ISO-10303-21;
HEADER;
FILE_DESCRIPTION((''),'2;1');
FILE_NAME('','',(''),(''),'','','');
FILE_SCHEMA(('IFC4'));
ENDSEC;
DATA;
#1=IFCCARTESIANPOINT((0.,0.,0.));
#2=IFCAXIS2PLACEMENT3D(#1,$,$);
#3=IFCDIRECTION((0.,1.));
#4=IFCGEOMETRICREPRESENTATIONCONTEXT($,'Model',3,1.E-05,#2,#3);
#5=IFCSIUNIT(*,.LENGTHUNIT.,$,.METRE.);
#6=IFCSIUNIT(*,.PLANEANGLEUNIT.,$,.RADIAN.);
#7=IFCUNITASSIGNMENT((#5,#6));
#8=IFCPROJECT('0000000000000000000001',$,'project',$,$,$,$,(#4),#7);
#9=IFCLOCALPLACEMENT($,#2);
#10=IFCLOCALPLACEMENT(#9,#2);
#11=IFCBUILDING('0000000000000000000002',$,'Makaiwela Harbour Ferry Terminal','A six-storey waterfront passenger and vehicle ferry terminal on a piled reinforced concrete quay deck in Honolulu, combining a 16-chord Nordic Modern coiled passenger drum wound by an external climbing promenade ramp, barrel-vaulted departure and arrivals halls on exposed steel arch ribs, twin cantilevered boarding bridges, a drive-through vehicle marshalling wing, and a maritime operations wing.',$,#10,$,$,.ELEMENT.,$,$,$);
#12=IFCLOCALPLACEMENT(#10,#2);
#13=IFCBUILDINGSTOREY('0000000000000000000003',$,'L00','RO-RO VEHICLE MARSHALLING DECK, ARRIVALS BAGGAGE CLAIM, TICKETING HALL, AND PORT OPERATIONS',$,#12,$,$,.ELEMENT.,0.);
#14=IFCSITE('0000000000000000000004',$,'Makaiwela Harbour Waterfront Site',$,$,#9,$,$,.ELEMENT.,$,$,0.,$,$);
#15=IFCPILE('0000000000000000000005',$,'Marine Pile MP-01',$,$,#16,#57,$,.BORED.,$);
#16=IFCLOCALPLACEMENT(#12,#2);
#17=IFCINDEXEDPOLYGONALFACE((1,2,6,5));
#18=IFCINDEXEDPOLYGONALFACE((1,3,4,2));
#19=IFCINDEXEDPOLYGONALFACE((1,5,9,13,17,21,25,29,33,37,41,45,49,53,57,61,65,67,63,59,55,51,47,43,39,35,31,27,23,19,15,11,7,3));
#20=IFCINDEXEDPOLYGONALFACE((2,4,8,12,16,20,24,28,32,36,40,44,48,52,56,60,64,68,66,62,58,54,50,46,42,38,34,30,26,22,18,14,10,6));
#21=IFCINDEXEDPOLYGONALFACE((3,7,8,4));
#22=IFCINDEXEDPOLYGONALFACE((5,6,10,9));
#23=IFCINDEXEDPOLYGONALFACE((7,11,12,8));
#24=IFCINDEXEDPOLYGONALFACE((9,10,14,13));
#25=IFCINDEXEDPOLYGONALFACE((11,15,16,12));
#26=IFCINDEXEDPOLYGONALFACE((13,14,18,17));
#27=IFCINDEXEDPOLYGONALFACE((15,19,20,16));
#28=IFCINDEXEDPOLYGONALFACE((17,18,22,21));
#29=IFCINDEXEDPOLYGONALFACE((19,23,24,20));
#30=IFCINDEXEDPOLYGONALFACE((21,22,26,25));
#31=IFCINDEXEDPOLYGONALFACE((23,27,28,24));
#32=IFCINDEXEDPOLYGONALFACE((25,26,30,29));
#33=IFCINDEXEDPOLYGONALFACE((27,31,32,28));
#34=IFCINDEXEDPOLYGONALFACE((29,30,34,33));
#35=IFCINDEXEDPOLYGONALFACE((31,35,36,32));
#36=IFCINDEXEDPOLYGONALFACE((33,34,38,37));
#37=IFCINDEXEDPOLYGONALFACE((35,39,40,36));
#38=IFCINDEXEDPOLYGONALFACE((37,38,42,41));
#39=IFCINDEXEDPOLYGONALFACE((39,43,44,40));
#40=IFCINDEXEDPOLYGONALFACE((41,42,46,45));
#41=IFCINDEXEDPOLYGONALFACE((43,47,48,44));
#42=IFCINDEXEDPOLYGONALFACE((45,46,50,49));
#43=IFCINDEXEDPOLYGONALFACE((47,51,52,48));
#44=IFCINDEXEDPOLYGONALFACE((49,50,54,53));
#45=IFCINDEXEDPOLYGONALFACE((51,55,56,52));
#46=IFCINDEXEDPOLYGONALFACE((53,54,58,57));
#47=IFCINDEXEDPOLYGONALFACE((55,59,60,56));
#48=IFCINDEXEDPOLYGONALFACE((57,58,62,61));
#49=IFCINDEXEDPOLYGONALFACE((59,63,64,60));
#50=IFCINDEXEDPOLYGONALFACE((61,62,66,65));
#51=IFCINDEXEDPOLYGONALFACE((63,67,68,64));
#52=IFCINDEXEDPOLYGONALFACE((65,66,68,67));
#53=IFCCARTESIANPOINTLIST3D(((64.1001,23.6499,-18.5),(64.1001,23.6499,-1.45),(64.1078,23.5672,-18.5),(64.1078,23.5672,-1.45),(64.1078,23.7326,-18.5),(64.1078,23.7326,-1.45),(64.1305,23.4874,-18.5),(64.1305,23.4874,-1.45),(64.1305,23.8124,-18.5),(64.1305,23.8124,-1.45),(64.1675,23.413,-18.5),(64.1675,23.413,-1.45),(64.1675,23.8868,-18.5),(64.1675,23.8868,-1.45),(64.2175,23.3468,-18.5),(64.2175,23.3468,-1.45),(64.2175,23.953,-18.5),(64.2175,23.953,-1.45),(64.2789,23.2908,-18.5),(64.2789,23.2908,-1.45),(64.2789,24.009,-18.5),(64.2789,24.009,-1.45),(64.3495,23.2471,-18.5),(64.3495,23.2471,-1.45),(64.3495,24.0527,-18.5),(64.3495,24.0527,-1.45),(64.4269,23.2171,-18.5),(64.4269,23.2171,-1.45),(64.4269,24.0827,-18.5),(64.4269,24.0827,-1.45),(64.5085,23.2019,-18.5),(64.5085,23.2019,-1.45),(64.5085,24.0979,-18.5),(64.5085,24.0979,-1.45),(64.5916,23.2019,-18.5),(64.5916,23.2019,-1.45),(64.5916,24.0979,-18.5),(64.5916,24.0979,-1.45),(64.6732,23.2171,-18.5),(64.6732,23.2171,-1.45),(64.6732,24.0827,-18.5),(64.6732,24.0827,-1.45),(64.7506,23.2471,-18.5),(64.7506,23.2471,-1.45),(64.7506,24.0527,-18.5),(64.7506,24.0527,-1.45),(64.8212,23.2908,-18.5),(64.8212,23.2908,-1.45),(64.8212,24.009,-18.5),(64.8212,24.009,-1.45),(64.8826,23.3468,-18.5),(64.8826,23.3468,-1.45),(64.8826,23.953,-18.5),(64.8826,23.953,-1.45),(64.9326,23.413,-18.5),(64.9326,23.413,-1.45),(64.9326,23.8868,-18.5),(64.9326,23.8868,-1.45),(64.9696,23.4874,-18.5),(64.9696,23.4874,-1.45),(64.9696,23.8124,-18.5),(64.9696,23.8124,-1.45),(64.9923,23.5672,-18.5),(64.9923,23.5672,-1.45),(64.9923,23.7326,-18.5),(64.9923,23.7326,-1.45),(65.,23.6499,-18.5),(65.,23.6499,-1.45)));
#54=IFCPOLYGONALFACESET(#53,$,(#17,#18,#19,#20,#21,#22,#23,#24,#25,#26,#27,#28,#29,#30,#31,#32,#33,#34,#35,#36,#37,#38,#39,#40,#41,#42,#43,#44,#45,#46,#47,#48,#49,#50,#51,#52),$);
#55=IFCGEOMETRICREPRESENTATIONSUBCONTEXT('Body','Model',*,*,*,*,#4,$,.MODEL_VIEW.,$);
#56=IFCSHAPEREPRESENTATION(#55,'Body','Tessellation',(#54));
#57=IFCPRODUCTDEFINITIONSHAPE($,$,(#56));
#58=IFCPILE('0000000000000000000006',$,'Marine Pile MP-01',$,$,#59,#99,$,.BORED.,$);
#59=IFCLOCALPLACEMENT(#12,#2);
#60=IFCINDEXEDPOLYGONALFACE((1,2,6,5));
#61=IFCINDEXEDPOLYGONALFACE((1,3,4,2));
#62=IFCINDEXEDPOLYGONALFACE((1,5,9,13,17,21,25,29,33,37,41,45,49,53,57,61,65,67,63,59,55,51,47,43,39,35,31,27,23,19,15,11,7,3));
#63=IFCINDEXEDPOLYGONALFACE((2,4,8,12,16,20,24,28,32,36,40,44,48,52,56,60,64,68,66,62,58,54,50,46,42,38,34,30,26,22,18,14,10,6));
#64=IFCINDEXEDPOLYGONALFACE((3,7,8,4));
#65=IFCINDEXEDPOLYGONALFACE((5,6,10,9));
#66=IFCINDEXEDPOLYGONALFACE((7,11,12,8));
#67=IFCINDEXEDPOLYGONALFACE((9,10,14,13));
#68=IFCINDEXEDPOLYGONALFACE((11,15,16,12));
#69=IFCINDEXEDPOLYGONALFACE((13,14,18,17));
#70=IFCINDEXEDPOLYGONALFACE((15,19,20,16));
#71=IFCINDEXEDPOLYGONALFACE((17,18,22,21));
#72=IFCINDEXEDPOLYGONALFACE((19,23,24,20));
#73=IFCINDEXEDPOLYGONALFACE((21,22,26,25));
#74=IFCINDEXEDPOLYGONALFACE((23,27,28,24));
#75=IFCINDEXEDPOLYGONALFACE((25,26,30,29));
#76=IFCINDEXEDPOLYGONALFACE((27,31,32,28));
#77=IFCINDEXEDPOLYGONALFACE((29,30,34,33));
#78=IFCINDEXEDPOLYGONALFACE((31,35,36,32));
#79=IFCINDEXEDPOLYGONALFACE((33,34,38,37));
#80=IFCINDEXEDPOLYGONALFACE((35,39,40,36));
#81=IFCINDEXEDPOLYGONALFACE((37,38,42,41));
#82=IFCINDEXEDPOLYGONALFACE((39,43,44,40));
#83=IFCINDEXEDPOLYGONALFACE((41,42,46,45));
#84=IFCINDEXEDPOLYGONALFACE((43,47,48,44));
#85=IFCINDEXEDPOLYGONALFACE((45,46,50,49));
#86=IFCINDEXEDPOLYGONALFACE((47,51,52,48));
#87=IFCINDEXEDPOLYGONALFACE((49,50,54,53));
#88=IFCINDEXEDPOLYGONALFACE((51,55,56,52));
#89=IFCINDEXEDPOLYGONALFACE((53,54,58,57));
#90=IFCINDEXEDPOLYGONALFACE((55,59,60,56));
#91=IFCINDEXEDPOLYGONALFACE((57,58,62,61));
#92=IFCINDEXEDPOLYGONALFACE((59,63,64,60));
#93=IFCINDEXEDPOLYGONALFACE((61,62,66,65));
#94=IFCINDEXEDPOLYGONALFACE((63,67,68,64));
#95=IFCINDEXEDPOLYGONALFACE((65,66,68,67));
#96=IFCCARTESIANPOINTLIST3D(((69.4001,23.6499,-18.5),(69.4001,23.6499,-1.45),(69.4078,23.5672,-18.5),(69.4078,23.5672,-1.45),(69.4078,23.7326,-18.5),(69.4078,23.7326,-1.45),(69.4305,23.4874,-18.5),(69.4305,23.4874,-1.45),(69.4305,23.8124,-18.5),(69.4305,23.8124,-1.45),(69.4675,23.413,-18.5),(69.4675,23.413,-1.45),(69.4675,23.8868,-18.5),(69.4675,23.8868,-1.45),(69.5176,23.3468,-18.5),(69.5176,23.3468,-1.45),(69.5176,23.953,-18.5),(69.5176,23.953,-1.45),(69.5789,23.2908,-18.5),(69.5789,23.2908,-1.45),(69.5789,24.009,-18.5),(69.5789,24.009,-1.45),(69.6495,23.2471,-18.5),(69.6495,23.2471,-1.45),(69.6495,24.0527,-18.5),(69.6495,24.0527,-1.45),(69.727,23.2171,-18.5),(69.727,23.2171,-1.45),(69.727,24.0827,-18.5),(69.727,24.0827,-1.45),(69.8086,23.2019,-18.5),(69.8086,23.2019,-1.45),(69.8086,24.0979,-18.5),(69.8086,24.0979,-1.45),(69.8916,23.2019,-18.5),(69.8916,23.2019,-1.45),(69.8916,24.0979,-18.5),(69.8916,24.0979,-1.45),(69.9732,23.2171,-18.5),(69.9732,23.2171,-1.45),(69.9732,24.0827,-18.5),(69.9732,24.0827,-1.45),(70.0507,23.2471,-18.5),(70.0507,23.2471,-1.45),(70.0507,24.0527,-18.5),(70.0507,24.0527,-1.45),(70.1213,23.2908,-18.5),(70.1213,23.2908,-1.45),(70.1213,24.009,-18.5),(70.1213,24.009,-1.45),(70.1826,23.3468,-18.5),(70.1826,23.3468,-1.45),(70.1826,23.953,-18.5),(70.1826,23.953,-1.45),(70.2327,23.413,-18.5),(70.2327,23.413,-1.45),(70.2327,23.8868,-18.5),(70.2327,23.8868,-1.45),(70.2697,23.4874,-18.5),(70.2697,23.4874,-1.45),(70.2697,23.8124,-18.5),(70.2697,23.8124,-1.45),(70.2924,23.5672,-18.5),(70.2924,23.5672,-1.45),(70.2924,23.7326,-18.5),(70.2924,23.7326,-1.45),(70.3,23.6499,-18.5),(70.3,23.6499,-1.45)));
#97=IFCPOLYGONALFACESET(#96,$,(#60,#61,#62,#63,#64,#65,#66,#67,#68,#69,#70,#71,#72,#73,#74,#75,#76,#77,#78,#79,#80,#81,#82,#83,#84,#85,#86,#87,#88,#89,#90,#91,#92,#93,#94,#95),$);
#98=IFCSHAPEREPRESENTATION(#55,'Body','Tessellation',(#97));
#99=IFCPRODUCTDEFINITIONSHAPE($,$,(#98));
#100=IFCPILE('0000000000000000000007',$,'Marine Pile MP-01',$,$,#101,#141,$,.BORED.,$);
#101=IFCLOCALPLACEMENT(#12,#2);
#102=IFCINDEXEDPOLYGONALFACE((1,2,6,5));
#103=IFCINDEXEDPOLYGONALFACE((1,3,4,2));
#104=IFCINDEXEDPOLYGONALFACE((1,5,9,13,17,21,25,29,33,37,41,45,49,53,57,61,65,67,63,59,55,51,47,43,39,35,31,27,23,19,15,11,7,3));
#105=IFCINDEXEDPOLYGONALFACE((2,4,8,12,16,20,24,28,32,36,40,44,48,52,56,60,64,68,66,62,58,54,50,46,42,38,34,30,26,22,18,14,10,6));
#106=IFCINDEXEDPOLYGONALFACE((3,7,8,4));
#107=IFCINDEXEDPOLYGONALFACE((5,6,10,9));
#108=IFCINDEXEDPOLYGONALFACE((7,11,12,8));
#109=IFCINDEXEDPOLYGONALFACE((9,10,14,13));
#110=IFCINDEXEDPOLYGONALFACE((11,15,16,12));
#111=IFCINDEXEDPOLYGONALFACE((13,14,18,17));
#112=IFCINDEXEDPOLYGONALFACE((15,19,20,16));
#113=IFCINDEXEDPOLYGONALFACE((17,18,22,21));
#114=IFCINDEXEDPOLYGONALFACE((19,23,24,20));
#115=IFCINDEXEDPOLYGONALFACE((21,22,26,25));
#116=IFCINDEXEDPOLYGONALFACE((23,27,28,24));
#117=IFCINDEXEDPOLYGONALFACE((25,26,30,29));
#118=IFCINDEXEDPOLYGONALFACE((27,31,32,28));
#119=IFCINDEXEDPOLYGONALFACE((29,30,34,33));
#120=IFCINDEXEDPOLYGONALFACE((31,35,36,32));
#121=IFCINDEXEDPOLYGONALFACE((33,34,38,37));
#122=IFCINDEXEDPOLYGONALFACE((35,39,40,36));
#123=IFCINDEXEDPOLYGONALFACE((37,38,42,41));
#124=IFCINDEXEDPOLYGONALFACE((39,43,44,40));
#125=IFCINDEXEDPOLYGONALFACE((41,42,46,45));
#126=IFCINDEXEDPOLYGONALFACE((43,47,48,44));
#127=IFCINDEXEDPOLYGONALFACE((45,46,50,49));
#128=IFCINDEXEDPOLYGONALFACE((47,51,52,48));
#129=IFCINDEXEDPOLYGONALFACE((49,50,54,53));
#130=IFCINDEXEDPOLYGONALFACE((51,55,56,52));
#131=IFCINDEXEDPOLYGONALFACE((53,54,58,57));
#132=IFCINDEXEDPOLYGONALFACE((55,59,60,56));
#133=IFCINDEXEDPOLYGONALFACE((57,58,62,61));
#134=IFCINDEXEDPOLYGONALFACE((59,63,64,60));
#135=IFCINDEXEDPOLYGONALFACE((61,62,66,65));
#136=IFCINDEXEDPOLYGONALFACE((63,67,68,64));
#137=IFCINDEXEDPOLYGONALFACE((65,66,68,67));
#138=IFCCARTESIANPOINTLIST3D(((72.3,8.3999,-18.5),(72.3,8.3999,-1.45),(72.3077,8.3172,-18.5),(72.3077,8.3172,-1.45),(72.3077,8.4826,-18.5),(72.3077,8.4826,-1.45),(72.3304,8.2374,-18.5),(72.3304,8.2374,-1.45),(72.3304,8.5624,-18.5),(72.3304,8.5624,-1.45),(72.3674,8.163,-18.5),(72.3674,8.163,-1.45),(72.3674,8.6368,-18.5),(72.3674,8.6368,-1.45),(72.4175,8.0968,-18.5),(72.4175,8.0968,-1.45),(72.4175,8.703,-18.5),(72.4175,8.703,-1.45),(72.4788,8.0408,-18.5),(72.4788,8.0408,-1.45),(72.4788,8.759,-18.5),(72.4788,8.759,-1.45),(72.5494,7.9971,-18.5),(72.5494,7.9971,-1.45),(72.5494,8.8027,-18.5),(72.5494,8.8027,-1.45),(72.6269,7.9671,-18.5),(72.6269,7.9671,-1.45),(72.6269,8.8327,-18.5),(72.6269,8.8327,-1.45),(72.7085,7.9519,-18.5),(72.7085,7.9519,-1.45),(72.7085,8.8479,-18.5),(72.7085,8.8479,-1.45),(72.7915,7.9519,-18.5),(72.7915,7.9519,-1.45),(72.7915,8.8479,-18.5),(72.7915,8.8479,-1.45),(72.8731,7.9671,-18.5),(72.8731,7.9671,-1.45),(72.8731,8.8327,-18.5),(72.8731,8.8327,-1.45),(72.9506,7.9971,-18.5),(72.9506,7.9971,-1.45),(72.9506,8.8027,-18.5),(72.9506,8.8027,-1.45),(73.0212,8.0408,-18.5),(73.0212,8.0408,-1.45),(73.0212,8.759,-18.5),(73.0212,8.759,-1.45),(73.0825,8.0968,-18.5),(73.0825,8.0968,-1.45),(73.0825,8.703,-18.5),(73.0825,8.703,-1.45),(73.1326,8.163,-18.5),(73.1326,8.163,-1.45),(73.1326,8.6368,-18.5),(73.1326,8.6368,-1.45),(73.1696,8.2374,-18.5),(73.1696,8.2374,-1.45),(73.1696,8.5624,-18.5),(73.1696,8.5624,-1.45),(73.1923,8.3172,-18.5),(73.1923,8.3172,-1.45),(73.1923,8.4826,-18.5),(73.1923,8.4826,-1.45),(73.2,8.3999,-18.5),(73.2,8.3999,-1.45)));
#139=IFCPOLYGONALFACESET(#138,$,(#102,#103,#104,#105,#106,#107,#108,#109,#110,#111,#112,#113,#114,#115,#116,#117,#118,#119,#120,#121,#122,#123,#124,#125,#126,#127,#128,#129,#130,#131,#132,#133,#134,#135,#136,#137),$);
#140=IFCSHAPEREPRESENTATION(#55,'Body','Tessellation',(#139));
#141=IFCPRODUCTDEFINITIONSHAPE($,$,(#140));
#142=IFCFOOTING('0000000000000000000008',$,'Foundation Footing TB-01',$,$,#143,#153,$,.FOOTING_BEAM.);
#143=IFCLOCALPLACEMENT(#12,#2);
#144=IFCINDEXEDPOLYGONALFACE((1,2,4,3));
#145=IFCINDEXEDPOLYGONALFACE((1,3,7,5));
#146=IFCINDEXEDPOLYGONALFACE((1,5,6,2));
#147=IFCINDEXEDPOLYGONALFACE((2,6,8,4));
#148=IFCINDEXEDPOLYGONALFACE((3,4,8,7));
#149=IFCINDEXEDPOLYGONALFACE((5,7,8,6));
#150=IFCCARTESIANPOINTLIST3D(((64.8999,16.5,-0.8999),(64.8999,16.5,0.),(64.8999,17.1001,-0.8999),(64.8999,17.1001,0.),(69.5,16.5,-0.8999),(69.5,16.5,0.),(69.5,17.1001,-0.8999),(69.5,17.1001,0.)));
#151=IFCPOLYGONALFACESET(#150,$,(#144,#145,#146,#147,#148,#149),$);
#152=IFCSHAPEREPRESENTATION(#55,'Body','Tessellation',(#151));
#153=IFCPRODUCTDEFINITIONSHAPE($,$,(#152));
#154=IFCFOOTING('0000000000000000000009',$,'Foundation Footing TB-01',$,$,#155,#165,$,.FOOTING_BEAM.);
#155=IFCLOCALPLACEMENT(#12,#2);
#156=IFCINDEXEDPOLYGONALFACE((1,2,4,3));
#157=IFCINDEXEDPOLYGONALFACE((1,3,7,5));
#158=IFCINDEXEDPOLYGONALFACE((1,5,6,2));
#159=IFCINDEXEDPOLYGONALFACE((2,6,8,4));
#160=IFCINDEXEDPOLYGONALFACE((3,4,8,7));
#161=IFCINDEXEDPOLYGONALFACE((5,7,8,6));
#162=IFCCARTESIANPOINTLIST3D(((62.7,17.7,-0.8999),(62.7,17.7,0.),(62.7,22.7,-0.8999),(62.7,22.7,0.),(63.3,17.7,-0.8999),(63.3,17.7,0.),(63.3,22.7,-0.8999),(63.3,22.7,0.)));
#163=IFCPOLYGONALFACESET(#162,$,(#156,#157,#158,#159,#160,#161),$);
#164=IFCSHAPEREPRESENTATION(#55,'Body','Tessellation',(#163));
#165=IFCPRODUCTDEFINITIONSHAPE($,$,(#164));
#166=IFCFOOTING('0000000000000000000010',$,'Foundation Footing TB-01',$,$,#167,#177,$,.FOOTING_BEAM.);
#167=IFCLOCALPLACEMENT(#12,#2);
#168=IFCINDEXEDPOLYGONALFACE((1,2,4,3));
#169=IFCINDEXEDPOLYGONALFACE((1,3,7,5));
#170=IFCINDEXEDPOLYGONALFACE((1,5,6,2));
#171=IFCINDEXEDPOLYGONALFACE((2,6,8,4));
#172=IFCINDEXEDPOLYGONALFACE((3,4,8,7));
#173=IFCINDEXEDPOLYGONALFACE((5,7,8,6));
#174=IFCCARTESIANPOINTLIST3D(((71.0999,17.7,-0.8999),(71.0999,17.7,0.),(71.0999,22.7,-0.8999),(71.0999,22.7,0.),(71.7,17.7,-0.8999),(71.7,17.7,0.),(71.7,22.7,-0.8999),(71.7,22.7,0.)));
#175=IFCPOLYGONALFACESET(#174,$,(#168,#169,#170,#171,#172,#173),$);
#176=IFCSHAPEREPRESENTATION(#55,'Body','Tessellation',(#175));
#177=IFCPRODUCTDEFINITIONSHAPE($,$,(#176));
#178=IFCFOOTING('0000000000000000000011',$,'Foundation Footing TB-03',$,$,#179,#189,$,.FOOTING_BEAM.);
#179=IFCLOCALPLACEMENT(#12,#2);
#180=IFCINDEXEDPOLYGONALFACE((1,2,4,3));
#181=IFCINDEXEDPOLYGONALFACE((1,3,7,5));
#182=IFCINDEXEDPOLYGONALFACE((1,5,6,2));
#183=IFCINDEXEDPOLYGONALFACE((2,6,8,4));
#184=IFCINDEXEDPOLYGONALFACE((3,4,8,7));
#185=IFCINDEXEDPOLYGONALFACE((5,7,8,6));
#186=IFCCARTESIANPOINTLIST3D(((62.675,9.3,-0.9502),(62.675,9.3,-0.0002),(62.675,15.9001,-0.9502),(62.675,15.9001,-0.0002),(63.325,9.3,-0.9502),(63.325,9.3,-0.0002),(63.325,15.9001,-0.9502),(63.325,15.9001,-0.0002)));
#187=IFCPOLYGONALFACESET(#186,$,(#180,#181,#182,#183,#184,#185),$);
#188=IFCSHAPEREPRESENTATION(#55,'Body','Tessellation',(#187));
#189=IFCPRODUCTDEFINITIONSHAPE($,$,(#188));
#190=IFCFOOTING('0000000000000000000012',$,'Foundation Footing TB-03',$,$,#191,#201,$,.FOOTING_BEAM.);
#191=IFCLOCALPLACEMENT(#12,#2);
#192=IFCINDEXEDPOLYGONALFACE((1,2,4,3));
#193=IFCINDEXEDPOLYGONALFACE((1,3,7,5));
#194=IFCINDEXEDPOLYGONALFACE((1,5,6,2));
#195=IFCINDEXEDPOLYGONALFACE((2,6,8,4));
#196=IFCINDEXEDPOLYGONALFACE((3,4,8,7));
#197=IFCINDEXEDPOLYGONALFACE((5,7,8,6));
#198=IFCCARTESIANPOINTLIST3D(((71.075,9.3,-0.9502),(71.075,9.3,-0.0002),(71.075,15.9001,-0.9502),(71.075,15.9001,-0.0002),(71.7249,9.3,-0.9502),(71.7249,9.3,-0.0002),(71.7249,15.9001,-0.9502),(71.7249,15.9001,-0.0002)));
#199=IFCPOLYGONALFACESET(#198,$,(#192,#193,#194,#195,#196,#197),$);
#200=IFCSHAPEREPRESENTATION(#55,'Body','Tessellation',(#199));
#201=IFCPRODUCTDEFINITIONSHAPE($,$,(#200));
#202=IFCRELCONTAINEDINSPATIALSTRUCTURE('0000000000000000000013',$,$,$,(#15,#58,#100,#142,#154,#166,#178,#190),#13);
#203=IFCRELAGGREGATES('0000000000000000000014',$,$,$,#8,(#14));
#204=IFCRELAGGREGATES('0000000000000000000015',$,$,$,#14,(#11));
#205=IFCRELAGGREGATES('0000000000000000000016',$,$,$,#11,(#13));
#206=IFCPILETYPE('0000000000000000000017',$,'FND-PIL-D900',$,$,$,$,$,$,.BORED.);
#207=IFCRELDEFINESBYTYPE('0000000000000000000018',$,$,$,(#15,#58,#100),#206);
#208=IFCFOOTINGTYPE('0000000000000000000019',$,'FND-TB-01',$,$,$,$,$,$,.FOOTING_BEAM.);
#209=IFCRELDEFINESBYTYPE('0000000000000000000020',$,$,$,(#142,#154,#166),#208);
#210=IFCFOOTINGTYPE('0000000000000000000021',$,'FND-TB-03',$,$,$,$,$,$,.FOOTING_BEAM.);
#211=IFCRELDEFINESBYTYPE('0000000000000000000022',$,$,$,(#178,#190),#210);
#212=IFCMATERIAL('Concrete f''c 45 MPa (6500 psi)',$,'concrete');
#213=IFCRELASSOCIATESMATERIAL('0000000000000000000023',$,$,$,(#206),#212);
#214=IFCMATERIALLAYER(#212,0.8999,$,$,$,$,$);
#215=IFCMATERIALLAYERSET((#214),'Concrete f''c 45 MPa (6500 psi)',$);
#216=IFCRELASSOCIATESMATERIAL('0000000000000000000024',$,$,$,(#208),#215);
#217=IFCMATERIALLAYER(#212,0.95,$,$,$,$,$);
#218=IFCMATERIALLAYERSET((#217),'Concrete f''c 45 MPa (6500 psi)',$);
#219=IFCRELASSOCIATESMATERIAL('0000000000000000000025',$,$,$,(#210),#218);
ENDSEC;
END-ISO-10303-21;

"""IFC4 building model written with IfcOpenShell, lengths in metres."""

from ifc_helpers import new_model, si_unit, direction, frame, origin, origin_2d, place, context, subcontext, project, spatial, rectangle, circle, extrude, material, layer, layer_set, material_profile, profile_set, type_object, element, save


model = new_model("IFC4")

# Units and contexts
model_context = context("Model", 3, precision=1e-05, world=origin(), true_north=direction((0.0, 1.0)))
body_context = subcontext(model_context, "Body", "Model", "MODEL_VIEW")
ifc_project = project(units=[si_unit("LENGTHUNIT", "METRE"), si_unit("PLANEANGLEUNIT", "RADIAN")], contexts=[model_context])

# Site, building, storey
site_placement = place(None, origin())
site = spatial("IfcSite", under=ifc_project, at=site_placement, Name="Makaiwela Harbour Waterfront Site", CompositionType="ELEMENT", RefElevation=0.0)
building_placement = place(site_placement, origin())
building = spatial("IfcBuilding", under=site, at=building_placement, Name="Makaiwela Harbour Ferry Terminal", Description="A six-storey waterfront passenger and vehicle ferry terminal on a piled reinforced concrete quay deck in Honolulu, combining a 16-chord Nordic Modern coiled passenger drum wound by an external climbing promenade ramp, barrel-vaulted departure and arrivals halls on exposed steel arch ribs, twin cantilevered boarding bridges, a drive-through vehicle marshalling wing, and a maritime operations wing.", CompositionType="ELEMENT")
storey_placement = place(building_placement, origin())
storey = spatial("IfcBuildingStorey", under=building, at=storey_placement, Name="L00", Description="RO-RO VEHICLE MARSHALLING DECK, ARRIVALS BAGGAGE CLAIM, TICKETING HALL, AND PORT OPERATIONS", CompositionType="ELEMENT", Elevation=0.0)

# Shared definitions
ifc_material_1 = material(Name="Concrete f'c 45 MPa (6500 psi)", Category="concrete")

# Piles
ifc_material_profile_1 = material_profile(ifc_material_1, circle(Radius=0.45, at=origin_2d()), Name="PILE-D900")
ifc_profile_set_1 = profile_set([ifc_material_profile_1], Name="Concrete f'c 45 MPa (6500 psi)")
pile_type_1 = type_object("IfcPileType", Name="FND-PIL-D900", PredefinedType="BORED", material=ifc_profile_set_1)
for number, where, z_axis, x_axis, name in (
    (1, (64.55, 23.6499, -1.45), (0.0, 0.0, -1.0), (1.0, 0.0, 0.0), "Marine Pile MP-01"),
    (2, (69.8501, 23.6499, -1.45), (0.0, 0.0, -1.0), (1.0, 0.0, 0.0), "Marine Pile MP-01"),
    (3, (72.75, 8.3999, -1.45), (0.0, 0.0, -1.0), (1.0, 0.0, 0.0), "Marine Pile MP-01"),
):
    element("IfcPile", number, at=place(storey_placement, frame(where, z_axis=z_axis, x_axis=x_axis)), inside=storey, type_object=pile_type_1, Name=name, PredefinedType="BORED", context=body_context, shape_type="SweptSolid", body=[
        extrude(circle(Radius=0.45, at=origin_2d()), origin(), (0.0, 0.0, 1.0), 17.05),
    ])

# Footings
ifc_layer_1 = layer(ifc_material_1, 0.8999)
ifc_layer_set_1 = layer_set([ifc_layer_1], Name="Concrete f'c 45 MPa (6500 psi)")
footing_type_1 = type_object("IfcFootingType", Name="FND-TB-01", PredefinedType="FOOTING_BEAM", material=ifc_layer_set_1)
footing_1_placement = place(storey_placement, frame((67.2, 16.8, -0.8999), z_axis=(0.0, 0.0, 1.0), x_axis=(1.0, 0.0, 0.0)))
element("IfcFooting", 4, at=footing_1_placement, inside=storey, type_object=footing_type_1, Name="Foundation Footing TB-01", PredefinedType="FOOTING_BEAM", context=body_context, shape_type="SweptSolid", body=[
    extrude(rectangle(XDim=4.6001, YDim=0.6001, at=origin_2d()), origin(), (0.0, 0.0, 1.0), 0.8999),
])
for number, where, z_axis, x_axis, name in (
    (5, (63.0, 20.2, -0.8999), (0.0, 0.0, 1.0), (0.0, 1.0, 0.0), "Foundation Footing TB-01"),
    (6, (71.3999, 20.2, -0.8999), (0.0, 0.0, 1.0), (0.0, 1.0, 0.0), "Foundation Footing TB-01"),
):
    element("IfcFooting", number, at=place(storey_placement, frame(where, z_axis=z_axis, x_axis=x_axis)), inside=storey, type_object=footing_type_1, Name=name, PredefinedType="FOOTING_BEAM", context=body_context, shape_type="SweptSolid", body=[
        extrude(rectangle(XDim=5.0, YDim=0.6001, at=origin_2d()), origin(), (0.0, 0.0, 1.0), 0.8999),
    ])
ifc_layer_2 = layer(ifc_material_1, 0.95)
ifc_layer_set_2 = layer_set([ifc_layer_2], Name="Concrete f'c 45 MPa (6500 psi)")
footing_type_2 = type_object("IfcFootingType", Name="FND-TB-03", PredefinedType="FOOTING_BEAM", material=ifc_layer_set_2)
for number, where, z_axis, x_axis, name in (
    (7, (63.0, 12.6001, -0.9502), (0.0, 0.0, 1.0), (0.0, 1.0, 0.0), "Foundation Footing TB-03"),
    (8, (71.3999, 12.6001, -0.9502), (0.0, 0.0, 1.0), (0.0, 1.0, 0.0), "Foundation Footing TB-03"),
):
    element("IfcFooting", number, at=place(storey_placement, frame(where, z_axis=z_axis, x_axis=x_axis)), inside=storey, type_object=footing_type_2, Name=name, PredefinedType="FOOTING_BEAM", context=body_context, shape_type="SweptSolid", body=[
        extrude(rectangle(XDim=6.6001, YDim=0.6499, at=origin_2d()), origin(), (0.0, 0.0, 1.0), 0.95),
    ])

save(model, "model.ifc")
